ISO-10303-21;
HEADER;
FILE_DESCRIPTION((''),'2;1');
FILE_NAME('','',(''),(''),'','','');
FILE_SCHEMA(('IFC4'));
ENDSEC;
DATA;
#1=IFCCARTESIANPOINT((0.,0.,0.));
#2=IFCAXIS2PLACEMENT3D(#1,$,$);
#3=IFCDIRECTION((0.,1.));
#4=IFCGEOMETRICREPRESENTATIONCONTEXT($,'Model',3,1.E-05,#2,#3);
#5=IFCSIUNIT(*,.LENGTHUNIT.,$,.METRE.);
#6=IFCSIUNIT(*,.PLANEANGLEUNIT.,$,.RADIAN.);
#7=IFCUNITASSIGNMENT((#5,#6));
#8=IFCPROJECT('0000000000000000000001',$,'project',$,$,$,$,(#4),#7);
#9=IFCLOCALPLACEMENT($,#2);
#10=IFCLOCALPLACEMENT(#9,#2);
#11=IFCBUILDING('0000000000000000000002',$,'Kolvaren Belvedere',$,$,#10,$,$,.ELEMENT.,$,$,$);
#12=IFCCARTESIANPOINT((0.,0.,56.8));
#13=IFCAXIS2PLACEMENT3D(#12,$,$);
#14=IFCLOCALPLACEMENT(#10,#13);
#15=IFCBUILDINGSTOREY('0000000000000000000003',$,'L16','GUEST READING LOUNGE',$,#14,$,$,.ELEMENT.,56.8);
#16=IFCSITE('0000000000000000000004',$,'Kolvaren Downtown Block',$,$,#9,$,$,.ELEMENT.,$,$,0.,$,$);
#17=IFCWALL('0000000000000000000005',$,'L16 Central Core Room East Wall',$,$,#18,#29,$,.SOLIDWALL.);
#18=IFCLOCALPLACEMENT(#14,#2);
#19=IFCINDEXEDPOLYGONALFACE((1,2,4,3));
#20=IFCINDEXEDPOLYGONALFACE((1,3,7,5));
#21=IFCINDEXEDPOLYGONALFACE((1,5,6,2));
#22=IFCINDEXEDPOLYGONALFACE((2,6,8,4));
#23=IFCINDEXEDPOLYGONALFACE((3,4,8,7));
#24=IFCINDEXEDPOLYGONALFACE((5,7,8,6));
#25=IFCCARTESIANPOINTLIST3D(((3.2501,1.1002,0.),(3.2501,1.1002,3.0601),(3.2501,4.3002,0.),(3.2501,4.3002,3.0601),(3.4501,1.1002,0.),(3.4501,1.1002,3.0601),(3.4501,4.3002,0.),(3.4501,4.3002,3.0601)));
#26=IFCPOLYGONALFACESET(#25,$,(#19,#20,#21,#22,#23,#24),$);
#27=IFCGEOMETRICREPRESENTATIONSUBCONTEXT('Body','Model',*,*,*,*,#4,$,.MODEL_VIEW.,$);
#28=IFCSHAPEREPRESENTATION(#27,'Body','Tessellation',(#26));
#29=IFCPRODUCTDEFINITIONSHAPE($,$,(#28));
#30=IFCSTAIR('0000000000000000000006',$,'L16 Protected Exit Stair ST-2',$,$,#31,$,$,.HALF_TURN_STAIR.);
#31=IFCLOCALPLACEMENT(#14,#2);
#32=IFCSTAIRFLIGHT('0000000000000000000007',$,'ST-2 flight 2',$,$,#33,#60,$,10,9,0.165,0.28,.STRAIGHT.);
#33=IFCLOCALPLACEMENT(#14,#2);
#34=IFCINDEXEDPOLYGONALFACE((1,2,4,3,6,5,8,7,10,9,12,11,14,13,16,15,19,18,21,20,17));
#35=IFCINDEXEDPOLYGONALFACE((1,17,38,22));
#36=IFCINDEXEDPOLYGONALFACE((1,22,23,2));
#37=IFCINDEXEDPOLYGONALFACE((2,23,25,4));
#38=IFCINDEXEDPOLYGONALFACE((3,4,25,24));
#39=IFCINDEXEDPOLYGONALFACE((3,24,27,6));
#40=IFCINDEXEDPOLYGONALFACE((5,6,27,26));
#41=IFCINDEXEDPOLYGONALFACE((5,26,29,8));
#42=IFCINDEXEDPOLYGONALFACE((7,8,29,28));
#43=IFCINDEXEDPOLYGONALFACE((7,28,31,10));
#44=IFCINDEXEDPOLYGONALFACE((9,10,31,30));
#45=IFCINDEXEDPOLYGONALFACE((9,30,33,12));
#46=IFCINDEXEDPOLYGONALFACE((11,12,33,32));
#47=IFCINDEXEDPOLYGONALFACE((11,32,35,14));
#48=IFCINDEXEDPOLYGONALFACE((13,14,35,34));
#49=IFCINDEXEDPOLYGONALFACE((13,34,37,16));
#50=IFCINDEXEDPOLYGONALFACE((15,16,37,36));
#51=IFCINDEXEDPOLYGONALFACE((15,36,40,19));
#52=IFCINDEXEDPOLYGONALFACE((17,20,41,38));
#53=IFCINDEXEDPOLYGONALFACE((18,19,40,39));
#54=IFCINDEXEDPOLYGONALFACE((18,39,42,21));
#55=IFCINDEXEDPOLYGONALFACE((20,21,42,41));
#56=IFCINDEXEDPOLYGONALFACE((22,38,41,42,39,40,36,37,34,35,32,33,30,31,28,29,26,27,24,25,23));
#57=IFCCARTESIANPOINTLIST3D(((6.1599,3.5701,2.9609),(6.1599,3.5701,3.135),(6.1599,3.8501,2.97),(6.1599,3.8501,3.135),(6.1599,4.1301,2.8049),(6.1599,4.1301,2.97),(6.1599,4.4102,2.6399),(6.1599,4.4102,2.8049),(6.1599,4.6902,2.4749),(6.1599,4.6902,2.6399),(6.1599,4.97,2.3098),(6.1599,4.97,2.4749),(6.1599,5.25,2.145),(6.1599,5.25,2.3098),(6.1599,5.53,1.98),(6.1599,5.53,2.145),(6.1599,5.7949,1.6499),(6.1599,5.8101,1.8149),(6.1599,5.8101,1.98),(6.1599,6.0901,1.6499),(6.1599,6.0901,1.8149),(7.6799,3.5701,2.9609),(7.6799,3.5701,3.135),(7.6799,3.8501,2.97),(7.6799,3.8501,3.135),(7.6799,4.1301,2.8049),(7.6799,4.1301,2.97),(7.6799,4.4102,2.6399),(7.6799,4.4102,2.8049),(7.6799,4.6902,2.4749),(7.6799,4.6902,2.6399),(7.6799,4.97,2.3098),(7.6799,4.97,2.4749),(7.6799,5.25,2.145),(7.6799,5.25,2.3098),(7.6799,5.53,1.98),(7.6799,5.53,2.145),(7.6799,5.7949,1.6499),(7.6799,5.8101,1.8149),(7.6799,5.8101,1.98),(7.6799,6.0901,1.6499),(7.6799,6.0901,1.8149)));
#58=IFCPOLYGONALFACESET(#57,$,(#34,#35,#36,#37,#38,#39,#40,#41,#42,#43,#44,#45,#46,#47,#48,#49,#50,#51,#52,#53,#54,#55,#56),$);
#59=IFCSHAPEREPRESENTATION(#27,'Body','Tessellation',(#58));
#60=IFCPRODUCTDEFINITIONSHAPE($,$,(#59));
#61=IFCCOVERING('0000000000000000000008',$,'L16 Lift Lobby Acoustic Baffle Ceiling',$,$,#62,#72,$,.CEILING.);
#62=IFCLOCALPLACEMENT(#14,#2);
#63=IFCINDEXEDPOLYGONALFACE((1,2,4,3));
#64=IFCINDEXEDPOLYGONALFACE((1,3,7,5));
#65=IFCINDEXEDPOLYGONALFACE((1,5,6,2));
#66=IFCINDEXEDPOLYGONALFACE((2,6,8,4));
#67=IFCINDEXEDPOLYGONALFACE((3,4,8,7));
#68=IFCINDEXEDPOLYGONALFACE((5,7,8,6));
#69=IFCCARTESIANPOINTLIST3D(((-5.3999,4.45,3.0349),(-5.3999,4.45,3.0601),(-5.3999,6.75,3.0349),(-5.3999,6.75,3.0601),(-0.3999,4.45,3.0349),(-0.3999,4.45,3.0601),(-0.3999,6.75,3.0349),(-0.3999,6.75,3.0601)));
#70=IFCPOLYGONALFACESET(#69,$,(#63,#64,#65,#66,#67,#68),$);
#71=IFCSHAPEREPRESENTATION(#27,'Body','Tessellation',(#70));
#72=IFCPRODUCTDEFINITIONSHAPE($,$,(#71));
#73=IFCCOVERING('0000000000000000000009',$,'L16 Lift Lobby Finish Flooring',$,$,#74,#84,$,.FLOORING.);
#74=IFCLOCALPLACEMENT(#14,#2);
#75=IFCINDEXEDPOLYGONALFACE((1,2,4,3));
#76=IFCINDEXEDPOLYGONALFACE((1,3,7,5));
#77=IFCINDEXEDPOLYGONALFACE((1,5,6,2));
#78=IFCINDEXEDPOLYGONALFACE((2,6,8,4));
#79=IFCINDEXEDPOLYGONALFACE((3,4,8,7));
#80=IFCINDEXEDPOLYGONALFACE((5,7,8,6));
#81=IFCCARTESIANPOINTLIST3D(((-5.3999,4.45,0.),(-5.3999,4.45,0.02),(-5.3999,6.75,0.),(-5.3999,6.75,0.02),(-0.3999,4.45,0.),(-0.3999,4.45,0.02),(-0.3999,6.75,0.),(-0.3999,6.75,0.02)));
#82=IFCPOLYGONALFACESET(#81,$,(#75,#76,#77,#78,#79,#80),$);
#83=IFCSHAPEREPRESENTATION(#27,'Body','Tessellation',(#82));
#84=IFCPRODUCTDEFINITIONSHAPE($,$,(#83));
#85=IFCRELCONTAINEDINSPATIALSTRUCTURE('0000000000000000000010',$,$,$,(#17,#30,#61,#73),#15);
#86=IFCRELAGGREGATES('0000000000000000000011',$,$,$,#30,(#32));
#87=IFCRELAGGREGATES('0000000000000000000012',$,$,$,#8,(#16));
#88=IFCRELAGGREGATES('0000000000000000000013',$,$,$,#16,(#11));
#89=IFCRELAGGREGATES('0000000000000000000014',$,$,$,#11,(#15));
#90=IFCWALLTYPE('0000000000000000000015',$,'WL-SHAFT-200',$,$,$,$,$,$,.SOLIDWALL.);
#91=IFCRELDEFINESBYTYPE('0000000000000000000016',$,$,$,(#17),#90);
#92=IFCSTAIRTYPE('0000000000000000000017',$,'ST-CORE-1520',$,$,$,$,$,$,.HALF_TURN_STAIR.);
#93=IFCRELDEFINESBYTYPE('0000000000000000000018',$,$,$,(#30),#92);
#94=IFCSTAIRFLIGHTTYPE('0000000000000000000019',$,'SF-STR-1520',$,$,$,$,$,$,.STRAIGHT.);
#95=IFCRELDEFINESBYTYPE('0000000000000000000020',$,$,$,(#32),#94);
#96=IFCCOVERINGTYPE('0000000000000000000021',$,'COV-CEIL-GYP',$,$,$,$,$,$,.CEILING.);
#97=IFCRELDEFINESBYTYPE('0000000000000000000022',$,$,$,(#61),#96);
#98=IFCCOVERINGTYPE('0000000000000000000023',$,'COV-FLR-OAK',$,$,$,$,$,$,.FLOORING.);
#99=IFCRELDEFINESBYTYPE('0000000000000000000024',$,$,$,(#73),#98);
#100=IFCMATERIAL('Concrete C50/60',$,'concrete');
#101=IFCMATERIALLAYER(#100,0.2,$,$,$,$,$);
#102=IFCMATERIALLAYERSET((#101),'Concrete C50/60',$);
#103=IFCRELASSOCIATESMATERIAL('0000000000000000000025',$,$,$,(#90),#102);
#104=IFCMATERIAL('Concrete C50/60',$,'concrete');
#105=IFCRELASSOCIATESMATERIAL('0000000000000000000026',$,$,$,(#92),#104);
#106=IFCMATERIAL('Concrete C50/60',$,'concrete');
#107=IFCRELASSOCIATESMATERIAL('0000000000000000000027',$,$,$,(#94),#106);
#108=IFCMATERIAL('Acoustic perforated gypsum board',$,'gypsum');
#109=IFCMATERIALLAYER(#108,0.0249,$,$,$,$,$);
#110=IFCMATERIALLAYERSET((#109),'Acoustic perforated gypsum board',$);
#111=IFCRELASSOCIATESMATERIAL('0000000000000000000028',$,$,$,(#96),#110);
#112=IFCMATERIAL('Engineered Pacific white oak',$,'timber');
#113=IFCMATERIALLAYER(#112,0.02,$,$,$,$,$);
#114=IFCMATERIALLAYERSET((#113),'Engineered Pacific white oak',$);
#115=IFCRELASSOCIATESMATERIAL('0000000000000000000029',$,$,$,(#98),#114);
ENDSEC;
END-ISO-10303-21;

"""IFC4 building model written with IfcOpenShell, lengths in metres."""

from ifc_helpers import new_model, si_unit, direction, frame, frame_2d, origin, place, context, subcontext, project, spatial, polyline, rectangle, outline, extrude, material, layer, layer_set, type_object, element, aggregate, save


model = new_model("IFC4")

# Units and contexts
model_context = context("Model", 3, precision=1e-05, world=origin(), true_north=direction((0.0, 1.0)))
body_context = subcontext(model_context, "Body", "Model", "MODEL_VIEW")
ifc_project = project(units=[si_unit("LENGTHUNIT", "METRE"), si_unit("PLANEANGLEUNIT", "RADIAN")], contexts=[model_context])

# Site, building, storey
site_placement = place(None, origin())
site = spatial("IfcSite", under=ifc_project, at=site_placement, Name="Kolvaren Downtown Block", CompositionType="ELEMENT", RefElevation=0.0)
building_placement = place(site_placement, origin())
building = spatial("IfcBuilding", under=site, at=building_placement, Name="Kolvaren Belvedere", CompositionType="ELEMENT")
storey_placement = place(building_placement, frame((0.0, 0.0, 56.8)))
storey = spatial("IfcBuildingStorey", under=building, at=storey_placement, Name="L16", Description="GUEST READING LOUNGE", CompositionType="ELEMENT", Elevation=56.8)

# Shared definitions
ifc_material_1 = material(Name="Concrete C50/60", Category="concrete")
ifc_layer_1 = layer(ifc_material_1, 0.2)
ifc_layer_set_1 = layer_set([ifc_layer_1], Name="Concrete C50/60")
wall_type_1 = type_object("IfcWallType", Name="WL-SHAFT-200", PredefinedType="SOLIDWALL", material=ifc_layer_set_1)

# Wall
wall_1_placement = place(storey_placement, frame((3.3501, 1.1001, 0.0), z_axis=(0.0, 0.0, 1.0), x_axis=(0.0, 1.0, 0.0)))
element("IfcWall", 1, at=wall_1_placement, inside=storey, type_object=wall_type_1, Name="L16 Central Core Room East Wall", PredefinedType="SOLIDWALL", context=body_context, shape_type="SweptSolid", body=[
    extrude(rectangle(XDim=3.2, YDim=0.2, at=frame_2d((1.6001, 0.0))), origin(), (0.0, 0.0, 1.0), 3.0601),
])

# Stair, stair flight
ifc_material_2 = material(Name="Concrete C50/60", Category="concrete")
stair_type = type_object("IfcStairType", Name="ST-CORE-1520", PredefinedType="HALF_TURN_STAIR", material=ifc_material_2)
stair_placement = place(storey_placement, origin())
stair = element("IfcStair", 2, at=stair_placement, inside=storey, type_object=stair_type, Name="L16 Protected Exit Stair ST-2", PredefinedType="HALF_TURN_STAIR")
ifc_material_3 = material(Name="Concrete C50/60", Category="concrete")
stair_flight_type = type_object("IfcStairFlightType", Name="SF-STR-1520", PredefinedType="STRAIGHT", material=ifc_material_3)
stair_flight_placement = place(storey_placement, frame((6.9199, 6.0901, 1.6499), z_axis=(0.0, 0.0, 1.0), x_axis=(0.0, -1.0, 0.0)))
stair_flight = element("IfcStairFlight", 3, at=stair_flight_placement, type_object=stair_flight_type, Name="ST-2 flight 2", NumberOfRisers=10, NumberOfTreads=9, PredefinedType="STRAIGHT", RiserHeight=0.165, TreadLength=0.28, context=body_context, shape_type="SweptSolid", body=[
    extrude(outline(polyline([(0.0, 0.0), (0.0, 0.165), (0.28, 0.165), (0.28, 0.3301), (0.5601, 0.3301), (0.5601, 0.4951), (0.8401, 0.4951), (0.8401, 0.6599), (1.1201, 0.6599), (1.1201, 0.825), (1.3999, 0.825), (1.3999, 0.99), (1.6799, 0.99), (1.6799, 1.155), (1.96, 1.155), (1.96, 1.3201), (2.24, 1.3201), (2.24, 1.4851), (2.52, 1.4851), (2.52, 1.6499), (2.52, 1.311), (0.2952, 0.0), (0.0, 0.0)])), frame((0.0, 0.76, 0.0), z_axis=(0.0, -1.0, 0.0), x_axis=(1.0, 0.0, 0.0)), (0.0, 0.0, 1.0), 1.52),
])
aggregate(stair, [stair_flight])

# Coverings
ifc_material_4 = material(Name="Acoustic perforated gypsum board", Category="gypsum")
ifc_layer_2 = layer(ifc_material_4, 0.0249)
ifc_layer_set_2 = layer_set([ifc_layer_2], Name="Acoustic perforated gypsum board")
covering_type_1 = type_object("IfcCoveringType", Name="COV-CEIL-GYP", PredefinedType="CEILING", material=ifc_layer_set_2)
covering_1_placement = place(storey_placement, frame((0.0, 0.0, 3.0349)))
element("IfcCovering", 4, at=covering_1_placement, inside=storey, type_object=covering_type_1, Name="L16 Lift Lobby Acoustic Baffle Ceiling", PredefinedType="CEILING", context=body_context, shape_type="SweptSolid", body=[
    extrude(outline(polyline([(-5.3999, 4.45), (-0.3999, 4.45), (-0.3999, 6.75), (-5.3999, 6.75), (-5.3999, 4.45)])), origin(), (0.0, 0.0, 1.0), 0.0251),
])
ifc_material_5 = material(Name="Engineered Pacific white oak", Category="timber")
ifc_layer_3 = layer(ifc_material_5, 0.02)
ifc_layer_set_3 = layer_set([ifc_layer_3], Name="Engineered Pacific white oak")
covering_type_2 = type_object("IfcCoveringType", Name="COV-FLR-OAK", PredefinedType="FLOORING", material=ifc_layer_set_3)
covering_2_placement = place(storey_placement, origin())
element("IfcCovering", 5, at=covering_2_placement, inside=storey, type_object=covering_type_2, Name="L16 Lift Lobby Finish Flooring", PredefinedType="FLOORING", context=body_context, shape_type="SweptSolid", body=[
    extrude(outline(polyline([(-5.3999, 4.45), (-0.3999, 4.45), (-0.3999, 6.75), (-5.3999, 6.75), (-5.3999, 4.45)])), origin(), (0.0, 0.0, 1.0), 0.02),
])

save(model, "model.ifc")
